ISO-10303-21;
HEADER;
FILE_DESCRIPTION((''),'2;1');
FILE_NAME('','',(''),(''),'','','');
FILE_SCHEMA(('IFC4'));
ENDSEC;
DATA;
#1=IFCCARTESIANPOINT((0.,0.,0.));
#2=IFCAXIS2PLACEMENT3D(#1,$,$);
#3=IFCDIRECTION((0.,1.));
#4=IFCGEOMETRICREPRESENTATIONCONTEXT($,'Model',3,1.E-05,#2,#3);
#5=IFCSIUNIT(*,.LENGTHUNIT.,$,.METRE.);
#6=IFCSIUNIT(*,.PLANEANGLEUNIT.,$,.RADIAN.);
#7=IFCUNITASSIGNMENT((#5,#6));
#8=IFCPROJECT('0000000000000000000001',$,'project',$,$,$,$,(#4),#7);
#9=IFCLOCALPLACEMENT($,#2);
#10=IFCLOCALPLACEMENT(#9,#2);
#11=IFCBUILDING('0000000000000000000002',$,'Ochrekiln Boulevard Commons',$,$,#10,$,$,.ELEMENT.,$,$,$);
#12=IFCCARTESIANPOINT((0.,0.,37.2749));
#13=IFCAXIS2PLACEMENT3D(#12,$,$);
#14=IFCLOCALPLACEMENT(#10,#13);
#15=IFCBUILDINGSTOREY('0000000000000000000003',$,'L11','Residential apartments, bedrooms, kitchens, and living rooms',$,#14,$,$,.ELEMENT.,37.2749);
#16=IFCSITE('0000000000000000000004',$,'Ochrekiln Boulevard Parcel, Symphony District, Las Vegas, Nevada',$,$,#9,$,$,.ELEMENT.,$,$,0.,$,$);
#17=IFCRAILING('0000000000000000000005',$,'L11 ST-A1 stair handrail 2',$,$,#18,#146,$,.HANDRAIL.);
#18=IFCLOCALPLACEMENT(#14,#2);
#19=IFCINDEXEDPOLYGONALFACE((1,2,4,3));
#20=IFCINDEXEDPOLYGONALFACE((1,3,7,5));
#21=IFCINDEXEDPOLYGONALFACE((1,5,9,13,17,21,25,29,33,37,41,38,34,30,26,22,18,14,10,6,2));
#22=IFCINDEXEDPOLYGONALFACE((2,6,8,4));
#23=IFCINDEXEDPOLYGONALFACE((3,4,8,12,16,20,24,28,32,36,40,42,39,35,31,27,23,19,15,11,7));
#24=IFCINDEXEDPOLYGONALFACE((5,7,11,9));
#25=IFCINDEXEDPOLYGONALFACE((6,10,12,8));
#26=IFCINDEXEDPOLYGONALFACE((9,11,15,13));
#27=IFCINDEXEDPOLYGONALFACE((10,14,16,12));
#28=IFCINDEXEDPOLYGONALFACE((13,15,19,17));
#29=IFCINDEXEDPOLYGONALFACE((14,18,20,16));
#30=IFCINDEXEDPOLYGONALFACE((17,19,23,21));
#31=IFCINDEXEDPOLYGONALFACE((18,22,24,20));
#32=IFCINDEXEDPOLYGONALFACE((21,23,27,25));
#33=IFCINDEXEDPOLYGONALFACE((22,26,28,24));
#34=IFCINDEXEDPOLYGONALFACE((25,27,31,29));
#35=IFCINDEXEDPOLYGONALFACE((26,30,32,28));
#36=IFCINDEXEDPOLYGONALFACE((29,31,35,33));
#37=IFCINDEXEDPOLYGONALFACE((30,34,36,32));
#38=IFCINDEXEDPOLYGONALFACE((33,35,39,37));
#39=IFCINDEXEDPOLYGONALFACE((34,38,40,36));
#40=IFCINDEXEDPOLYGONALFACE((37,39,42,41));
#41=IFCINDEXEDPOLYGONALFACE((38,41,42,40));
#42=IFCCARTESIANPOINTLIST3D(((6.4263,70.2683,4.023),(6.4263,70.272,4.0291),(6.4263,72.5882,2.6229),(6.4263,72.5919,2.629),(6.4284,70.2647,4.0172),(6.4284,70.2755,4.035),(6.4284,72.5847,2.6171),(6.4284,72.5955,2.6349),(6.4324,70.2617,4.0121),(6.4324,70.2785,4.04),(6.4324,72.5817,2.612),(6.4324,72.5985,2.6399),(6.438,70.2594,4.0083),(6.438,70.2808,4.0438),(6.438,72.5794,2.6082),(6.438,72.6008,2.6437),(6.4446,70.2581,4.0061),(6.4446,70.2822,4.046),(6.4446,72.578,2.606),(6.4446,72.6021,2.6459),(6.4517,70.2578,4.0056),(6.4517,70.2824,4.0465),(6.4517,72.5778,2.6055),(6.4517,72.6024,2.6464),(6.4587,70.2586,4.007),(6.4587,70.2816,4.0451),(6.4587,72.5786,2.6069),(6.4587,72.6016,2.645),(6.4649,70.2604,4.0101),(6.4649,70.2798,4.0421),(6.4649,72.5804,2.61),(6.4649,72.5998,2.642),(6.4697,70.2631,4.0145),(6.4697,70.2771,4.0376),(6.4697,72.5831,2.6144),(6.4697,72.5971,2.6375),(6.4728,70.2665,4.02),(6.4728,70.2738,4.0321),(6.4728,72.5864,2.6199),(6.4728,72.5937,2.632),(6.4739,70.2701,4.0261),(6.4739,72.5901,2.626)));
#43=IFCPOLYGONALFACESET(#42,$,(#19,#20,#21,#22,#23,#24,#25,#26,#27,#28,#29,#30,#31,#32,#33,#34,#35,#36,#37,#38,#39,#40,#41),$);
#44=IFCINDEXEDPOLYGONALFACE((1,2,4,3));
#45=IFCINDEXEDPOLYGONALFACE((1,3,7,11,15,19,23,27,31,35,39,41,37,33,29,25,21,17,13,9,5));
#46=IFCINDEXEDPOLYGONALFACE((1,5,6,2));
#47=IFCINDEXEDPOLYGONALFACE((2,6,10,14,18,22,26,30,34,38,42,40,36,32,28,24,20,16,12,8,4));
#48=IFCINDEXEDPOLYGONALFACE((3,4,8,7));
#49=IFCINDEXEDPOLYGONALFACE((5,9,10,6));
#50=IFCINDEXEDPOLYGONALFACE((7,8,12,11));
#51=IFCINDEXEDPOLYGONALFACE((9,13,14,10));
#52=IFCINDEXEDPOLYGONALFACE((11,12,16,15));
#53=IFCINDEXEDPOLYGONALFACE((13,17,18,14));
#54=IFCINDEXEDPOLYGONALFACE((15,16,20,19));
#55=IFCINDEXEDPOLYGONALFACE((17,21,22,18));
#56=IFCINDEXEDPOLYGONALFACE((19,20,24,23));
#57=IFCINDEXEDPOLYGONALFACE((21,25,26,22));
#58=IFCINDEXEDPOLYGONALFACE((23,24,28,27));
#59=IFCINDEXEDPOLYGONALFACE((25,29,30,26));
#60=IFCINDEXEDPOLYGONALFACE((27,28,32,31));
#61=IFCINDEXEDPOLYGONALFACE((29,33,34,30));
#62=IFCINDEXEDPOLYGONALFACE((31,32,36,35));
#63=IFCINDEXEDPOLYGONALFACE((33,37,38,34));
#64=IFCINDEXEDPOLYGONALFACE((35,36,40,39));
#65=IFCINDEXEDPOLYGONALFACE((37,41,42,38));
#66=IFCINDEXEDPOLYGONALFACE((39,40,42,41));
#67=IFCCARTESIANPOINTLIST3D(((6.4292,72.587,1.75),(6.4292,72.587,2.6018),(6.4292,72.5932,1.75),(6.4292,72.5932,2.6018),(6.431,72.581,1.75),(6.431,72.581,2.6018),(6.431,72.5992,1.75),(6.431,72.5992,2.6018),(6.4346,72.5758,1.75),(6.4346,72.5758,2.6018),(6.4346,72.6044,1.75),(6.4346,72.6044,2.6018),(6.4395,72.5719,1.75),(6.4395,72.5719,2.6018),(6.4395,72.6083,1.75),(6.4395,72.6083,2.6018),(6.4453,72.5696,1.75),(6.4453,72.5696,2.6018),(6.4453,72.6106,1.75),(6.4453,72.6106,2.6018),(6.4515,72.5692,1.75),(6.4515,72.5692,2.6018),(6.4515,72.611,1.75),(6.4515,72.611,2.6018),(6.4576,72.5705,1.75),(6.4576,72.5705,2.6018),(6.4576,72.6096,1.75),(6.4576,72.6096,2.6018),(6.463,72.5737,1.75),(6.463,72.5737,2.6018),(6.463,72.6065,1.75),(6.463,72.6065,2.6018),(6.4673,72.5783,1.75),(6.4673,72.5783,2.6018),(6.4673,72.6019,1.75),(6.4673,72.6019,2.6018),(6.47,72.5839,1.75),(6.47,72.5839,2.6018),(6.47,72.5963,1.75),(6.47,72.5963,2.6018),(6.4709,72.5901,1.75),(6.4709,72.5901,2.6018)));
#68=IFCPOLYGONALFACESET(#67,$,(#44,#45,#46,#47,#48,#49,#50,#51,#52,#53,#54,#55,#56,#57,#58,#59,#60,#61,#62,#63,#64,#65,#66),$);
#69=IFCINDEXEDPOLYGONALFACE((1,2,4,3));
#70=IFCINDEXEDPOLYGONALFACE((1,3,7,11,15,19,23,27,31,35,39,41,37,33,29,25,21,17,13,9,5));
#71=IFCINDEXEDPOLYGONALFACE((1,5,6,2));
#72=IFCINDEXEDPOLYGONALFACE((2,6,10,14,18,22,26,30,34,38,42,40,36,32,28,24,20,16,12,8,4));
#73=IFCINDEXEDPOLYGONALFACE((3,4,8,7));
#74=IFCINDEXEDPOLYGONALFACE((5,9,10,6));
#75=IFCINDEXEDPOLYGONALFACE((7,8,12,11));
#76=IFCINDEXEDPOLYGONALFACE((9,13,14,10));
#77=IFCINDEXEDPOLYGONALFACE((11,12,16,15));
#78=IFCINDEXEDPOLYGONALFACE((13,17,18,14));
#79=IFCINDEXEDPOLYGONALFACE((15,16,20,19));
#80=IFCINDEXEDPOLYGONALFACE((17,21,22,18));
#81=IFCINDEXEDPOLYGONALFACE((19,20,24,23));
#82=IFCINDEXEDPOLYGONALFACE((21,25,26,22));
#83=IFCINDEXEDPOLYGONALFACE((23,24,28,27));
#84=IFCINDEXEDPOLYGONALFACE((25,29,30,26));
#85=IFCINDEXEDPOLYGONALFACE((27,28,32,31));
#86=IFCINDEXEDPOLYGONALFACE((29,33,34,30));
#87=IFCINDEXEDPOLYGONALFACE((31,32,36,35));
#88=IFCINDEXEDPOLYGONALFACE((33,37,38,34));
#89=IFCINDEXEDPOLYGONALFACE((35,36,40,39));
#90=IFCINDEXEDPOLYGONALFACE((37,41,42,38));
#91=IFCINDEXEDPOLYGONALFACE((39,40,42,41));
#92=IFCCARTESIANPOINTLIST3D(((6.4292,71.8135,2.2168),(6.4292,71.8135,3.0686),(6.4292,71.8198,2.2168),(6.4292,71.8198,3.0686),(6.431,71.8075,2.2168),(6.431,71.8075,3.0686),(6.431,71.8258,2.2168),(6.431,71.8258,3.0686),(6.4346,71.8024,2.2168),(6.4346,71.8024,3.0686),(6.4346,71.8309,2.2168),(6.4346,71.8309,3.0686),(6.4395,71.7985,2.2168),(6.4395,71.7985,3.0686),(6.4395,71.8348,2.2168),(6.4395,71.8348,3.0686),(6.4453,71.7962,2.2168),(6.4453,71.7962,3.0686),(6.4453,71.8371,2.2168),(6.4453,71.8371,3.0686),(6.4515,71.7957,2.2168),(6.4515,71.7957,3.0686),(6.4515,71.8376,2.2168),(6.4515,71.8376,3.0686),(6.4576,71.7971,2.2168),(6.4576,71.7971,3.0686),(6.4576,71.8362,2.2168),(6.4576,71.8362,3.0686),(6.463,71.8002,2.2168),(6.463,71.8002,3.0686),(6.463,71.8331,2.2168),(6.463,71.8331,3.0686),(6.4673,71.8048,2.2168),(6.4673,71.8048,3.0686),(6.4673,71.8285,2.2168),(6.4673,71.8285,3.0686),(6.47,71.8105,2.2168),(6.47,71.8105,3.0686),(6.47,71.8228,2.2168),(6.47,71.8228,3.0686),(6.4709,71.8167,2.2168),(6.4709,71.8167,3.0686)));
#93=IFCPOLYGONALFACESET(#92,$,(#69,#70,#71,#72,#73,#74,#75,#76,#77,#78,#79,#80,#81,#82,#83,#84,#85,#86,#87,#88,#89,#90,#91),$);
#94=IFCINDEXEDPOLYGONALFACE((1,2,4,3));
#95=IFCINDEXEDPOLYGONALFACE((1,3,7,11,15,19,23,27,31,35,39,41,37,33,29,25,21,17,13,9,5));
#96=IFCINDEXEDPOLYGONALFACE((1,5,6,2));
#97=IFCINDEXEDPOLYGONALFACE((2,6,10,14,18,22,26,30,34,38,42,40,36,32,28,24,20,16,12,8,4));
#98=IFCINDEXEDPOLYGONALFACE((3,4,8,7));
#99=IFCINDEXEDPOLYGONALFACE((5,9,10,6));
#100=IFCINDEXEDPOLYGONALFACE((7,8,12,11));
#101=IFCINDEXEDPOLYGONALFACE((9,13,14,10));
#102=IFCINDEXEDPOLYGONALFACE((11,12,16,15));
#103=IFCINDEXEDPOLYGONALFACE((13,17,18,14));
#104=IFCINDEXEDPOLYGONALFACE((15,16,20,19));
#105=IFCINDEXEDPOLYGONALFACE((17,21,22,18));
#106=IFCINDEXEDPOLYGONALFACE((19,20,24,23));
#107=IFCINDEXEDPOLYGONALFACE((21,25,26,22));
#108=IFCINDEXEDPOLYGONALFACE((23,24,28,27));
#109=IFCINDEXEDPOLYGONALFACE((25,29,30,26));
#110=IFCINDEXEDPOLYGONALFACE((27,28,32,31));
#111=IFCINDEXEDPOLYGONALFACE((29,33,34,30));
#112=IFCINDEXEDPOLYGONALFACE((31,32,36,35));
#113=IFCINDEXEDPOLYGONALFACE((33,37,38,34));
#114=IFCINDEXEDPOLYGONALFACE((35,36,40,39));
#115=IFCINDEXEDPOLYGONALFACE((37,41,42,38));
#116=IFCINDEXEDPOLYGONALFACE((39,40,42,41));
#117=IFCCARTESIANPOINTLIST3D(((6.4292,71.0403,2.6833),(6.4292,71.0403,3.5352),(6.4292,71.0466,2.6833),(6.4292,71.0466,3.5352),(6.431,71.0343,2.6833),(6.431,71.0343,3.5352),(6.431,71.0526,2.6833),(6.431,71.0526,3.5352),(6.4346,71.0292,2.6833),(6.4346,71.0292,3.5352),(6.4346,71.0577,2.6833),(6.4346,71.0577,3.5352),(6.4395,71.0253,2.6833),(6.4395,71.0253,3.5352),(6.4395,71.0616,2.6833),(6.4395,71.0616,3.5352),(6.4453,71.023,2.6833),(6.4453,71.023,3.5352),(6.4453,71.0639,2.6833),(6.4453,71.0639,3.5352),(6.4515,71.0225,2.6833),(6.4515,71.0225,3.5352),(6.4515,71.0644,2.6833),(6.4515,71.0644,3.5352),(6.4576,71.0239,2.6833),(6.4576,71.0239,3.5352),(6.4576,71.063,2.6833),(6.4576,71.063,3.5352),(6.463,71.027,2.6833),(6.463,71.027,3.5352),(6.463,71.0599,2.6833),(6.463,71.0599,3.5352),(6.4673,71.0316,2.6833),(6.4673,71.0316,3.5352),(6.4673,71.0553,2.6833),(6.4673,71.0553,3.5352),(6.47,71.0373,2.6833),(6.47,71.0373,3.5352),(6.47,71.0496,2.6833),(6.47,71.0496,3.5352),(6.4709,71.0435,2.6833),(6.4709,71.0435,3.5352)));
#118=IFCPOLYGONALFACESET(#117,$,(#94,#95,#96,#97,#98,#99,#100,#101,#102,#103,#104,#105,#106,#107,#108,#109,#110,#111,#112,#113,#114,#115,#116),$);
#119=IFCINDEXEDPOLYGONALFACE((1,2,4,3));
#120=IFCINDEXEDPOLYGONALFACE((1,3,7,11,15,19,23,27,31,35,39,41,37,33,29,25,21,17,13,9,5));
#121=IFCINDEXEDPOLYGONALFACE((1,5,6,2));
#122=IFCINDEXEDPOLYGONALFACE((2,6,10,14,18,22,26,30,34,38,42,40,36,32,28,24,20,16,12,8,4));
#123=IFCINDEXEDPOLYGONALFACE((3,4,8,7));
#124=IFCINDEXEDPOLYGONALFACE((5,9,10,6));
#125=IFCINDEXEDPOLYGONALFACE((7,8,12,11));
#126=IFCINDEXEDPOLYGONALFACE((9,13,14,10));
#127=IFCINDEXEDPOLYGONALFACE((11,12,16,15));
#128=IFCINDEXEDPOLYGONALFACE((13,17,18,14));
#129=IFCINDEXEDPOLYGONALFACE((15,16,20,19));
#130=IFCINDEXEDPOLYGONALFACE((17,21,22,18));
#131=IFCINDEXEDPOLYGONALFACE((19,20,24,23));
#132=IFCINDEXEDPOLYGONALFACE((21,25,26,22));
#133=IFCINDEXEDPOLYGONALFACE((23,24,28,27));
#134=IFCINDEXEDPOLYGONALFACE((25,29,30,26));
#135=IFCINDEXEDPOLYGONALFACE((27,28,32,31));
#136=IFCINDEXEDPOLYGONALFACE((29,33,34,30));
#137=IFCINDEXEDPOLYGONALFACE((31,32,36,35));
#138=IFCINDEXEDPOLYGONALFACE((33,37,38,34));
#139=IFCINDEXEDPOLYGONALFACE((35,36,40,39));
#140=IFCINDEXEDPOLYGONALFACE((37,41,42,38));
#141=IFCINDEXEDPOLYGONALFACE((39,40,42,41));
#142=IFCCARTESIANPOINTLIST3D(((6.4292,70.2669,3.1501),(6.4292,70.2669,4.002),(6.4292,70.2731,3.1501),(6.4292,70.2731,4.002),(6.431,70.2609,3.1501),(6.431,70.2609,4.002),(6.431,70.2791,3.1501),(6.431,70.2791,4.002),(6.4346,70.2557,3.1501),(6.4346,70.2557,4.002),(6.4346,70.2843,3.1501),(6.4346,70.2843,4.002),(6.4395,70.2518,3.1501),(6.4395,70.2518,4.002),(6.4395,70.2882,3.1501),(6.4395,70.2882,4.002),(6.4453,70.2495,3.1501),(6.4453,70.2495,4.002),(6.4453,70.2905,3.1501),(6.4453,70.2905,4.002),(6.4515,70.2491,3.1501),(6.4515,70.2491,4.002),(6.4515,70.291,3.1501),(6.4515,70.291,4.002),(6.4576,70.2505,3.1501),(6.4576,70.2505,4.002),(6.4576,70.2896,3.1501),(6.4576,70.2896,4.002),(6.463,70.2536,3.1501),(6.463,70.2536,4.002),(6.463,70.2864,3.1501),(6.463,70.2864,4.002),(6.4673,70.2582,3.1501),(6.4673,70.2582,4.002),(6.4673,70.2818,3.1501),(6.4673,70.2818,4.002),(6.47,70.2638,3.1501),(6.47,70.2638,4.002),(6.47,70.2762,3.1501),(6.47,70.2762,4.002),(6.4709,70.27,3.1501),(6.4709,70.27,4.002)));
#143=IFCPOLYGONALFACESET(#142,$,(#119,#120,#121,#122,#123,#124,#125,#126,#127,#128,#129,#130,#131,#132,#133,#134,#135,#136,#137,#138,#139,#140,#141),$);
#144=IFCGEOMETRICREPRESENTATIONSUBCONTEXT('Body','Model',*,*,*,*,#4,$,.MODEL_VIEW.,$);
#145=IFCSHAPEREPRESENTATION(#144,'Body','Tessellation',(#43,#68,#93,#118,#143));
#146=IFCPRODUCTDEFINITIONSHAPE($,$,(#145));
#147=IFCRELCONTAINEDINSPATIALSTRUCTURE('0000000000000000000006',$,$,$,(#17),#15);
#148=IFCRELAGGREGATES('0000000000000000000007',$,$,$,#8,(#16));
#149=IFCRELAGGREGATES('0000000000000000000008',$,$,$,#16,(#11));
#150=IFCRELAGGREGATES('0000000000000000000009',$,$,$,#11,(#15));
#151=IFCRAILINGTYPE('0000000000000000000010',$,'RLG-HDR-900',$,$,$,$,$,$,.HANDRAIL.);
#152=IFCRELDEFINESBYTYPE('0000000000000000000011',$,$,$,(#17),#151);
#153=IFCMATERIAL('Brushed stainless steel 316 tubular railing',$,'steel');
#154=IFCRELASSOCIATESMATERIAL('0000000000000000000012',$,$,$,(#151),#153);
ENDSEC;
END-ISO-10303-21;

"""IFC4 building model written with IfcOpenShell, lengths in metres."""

from ifc_helpers import new_model, si_unit, direction, frame, origin, origin_2d, place, context, subcontext, project, spatial, circle, extrude, material, type_object, element, save


model = new_model("IFC4")

# Units and contexts
model_context = context("Model", 3, precision=1e-05, world=origin(), true_north=direction((0.0, 1.0)))
body_context = subcontext(model_context, "Body", "Model", "MODEL_VIEW")
ifc_project = project(units=[si_unit("LENGTHUNIT", "METRE"), si_unit("PLANEANGLEUNIT", "RADIAN")], contexts=[model_context])

# Site, building, storey
site_placement = place(None, origin())
site = spatial("IfcSite", under=ifc_project, at=site_placement, Name="Ochrekiln Boulevard Parcel, Symphony District, Las Vegas, Nevada", CompositionType="ELEMENT", RefElevation=0.0)
building_placement = place(site_placement, origin())
building = spatial("IfcBuilding", under=site, at=building_placement, Name="Ochrekiln Boulevard Commons", CompositionType="ELEMENT")
storey_placement = place(building_placement, frame((0.0, 0.0, 37.2749)))
storey = spatial("IfcBuildingStorey", under=building, at=storey_placement, Name="L11", Description="Residential apartments, bedrooms, kitchens, and living rooms", CompositionType="ELEMENT", Elevation=37.2749)

# Railing
ifc_material_1 = material(Name="Brushed stainless steel 316 tubular railing", Category="steel")
railing_type_1 = type_object("IfcRailingType", Name="RLG-HDR-900", PredefinedType="HANDRAIL", material=ifc_material_1)
railing_1_placement = place(storey_placement, frame((6.45, 72.5901, 1.75)))
element("IfcRailing", 1, at=railing_1_placement, inside=storey, type_object=railing_type_1, Name="L11 ST-A1 stair handrail 2", PredefinedType="HANDRAIL", context=body_context, shape_type="SweptSolid", body=[
    extrude(circle(Radius=0.0239, at=origin_2d()), frame((0.0, 0.0, 0.876), z_axis=(0.0, -0.85617, 0.516693), x_axis=(1.0, 0.0, 0.0)), (0.0, 0.0, 1.0), 2.7097),
    extrude(circle(Radius=0.021, at=origin_2d()), origin(), (0.0, 0.0, 1.0), 0.8518),
    extrude(circle(Radius=0.021, at=origin_2d()), frame((0.0, -0.7734, 0.4668)), (0.0, 0.0, 1.0), 0.8518),
    extrude(circle(Radius=0.021, at=origin_2d()), frame((0.0, -1.5466, 0.9333)), (0.0, 0.0, 1.0), 0.8518),
    extrude(circle(Radius=0.021, at=origin_2d()), frame((0.0, -2.3201, 1.4001)), (0.0, 0.0, 1.0), 0.8518),
])

save(model, "model.ifc")
